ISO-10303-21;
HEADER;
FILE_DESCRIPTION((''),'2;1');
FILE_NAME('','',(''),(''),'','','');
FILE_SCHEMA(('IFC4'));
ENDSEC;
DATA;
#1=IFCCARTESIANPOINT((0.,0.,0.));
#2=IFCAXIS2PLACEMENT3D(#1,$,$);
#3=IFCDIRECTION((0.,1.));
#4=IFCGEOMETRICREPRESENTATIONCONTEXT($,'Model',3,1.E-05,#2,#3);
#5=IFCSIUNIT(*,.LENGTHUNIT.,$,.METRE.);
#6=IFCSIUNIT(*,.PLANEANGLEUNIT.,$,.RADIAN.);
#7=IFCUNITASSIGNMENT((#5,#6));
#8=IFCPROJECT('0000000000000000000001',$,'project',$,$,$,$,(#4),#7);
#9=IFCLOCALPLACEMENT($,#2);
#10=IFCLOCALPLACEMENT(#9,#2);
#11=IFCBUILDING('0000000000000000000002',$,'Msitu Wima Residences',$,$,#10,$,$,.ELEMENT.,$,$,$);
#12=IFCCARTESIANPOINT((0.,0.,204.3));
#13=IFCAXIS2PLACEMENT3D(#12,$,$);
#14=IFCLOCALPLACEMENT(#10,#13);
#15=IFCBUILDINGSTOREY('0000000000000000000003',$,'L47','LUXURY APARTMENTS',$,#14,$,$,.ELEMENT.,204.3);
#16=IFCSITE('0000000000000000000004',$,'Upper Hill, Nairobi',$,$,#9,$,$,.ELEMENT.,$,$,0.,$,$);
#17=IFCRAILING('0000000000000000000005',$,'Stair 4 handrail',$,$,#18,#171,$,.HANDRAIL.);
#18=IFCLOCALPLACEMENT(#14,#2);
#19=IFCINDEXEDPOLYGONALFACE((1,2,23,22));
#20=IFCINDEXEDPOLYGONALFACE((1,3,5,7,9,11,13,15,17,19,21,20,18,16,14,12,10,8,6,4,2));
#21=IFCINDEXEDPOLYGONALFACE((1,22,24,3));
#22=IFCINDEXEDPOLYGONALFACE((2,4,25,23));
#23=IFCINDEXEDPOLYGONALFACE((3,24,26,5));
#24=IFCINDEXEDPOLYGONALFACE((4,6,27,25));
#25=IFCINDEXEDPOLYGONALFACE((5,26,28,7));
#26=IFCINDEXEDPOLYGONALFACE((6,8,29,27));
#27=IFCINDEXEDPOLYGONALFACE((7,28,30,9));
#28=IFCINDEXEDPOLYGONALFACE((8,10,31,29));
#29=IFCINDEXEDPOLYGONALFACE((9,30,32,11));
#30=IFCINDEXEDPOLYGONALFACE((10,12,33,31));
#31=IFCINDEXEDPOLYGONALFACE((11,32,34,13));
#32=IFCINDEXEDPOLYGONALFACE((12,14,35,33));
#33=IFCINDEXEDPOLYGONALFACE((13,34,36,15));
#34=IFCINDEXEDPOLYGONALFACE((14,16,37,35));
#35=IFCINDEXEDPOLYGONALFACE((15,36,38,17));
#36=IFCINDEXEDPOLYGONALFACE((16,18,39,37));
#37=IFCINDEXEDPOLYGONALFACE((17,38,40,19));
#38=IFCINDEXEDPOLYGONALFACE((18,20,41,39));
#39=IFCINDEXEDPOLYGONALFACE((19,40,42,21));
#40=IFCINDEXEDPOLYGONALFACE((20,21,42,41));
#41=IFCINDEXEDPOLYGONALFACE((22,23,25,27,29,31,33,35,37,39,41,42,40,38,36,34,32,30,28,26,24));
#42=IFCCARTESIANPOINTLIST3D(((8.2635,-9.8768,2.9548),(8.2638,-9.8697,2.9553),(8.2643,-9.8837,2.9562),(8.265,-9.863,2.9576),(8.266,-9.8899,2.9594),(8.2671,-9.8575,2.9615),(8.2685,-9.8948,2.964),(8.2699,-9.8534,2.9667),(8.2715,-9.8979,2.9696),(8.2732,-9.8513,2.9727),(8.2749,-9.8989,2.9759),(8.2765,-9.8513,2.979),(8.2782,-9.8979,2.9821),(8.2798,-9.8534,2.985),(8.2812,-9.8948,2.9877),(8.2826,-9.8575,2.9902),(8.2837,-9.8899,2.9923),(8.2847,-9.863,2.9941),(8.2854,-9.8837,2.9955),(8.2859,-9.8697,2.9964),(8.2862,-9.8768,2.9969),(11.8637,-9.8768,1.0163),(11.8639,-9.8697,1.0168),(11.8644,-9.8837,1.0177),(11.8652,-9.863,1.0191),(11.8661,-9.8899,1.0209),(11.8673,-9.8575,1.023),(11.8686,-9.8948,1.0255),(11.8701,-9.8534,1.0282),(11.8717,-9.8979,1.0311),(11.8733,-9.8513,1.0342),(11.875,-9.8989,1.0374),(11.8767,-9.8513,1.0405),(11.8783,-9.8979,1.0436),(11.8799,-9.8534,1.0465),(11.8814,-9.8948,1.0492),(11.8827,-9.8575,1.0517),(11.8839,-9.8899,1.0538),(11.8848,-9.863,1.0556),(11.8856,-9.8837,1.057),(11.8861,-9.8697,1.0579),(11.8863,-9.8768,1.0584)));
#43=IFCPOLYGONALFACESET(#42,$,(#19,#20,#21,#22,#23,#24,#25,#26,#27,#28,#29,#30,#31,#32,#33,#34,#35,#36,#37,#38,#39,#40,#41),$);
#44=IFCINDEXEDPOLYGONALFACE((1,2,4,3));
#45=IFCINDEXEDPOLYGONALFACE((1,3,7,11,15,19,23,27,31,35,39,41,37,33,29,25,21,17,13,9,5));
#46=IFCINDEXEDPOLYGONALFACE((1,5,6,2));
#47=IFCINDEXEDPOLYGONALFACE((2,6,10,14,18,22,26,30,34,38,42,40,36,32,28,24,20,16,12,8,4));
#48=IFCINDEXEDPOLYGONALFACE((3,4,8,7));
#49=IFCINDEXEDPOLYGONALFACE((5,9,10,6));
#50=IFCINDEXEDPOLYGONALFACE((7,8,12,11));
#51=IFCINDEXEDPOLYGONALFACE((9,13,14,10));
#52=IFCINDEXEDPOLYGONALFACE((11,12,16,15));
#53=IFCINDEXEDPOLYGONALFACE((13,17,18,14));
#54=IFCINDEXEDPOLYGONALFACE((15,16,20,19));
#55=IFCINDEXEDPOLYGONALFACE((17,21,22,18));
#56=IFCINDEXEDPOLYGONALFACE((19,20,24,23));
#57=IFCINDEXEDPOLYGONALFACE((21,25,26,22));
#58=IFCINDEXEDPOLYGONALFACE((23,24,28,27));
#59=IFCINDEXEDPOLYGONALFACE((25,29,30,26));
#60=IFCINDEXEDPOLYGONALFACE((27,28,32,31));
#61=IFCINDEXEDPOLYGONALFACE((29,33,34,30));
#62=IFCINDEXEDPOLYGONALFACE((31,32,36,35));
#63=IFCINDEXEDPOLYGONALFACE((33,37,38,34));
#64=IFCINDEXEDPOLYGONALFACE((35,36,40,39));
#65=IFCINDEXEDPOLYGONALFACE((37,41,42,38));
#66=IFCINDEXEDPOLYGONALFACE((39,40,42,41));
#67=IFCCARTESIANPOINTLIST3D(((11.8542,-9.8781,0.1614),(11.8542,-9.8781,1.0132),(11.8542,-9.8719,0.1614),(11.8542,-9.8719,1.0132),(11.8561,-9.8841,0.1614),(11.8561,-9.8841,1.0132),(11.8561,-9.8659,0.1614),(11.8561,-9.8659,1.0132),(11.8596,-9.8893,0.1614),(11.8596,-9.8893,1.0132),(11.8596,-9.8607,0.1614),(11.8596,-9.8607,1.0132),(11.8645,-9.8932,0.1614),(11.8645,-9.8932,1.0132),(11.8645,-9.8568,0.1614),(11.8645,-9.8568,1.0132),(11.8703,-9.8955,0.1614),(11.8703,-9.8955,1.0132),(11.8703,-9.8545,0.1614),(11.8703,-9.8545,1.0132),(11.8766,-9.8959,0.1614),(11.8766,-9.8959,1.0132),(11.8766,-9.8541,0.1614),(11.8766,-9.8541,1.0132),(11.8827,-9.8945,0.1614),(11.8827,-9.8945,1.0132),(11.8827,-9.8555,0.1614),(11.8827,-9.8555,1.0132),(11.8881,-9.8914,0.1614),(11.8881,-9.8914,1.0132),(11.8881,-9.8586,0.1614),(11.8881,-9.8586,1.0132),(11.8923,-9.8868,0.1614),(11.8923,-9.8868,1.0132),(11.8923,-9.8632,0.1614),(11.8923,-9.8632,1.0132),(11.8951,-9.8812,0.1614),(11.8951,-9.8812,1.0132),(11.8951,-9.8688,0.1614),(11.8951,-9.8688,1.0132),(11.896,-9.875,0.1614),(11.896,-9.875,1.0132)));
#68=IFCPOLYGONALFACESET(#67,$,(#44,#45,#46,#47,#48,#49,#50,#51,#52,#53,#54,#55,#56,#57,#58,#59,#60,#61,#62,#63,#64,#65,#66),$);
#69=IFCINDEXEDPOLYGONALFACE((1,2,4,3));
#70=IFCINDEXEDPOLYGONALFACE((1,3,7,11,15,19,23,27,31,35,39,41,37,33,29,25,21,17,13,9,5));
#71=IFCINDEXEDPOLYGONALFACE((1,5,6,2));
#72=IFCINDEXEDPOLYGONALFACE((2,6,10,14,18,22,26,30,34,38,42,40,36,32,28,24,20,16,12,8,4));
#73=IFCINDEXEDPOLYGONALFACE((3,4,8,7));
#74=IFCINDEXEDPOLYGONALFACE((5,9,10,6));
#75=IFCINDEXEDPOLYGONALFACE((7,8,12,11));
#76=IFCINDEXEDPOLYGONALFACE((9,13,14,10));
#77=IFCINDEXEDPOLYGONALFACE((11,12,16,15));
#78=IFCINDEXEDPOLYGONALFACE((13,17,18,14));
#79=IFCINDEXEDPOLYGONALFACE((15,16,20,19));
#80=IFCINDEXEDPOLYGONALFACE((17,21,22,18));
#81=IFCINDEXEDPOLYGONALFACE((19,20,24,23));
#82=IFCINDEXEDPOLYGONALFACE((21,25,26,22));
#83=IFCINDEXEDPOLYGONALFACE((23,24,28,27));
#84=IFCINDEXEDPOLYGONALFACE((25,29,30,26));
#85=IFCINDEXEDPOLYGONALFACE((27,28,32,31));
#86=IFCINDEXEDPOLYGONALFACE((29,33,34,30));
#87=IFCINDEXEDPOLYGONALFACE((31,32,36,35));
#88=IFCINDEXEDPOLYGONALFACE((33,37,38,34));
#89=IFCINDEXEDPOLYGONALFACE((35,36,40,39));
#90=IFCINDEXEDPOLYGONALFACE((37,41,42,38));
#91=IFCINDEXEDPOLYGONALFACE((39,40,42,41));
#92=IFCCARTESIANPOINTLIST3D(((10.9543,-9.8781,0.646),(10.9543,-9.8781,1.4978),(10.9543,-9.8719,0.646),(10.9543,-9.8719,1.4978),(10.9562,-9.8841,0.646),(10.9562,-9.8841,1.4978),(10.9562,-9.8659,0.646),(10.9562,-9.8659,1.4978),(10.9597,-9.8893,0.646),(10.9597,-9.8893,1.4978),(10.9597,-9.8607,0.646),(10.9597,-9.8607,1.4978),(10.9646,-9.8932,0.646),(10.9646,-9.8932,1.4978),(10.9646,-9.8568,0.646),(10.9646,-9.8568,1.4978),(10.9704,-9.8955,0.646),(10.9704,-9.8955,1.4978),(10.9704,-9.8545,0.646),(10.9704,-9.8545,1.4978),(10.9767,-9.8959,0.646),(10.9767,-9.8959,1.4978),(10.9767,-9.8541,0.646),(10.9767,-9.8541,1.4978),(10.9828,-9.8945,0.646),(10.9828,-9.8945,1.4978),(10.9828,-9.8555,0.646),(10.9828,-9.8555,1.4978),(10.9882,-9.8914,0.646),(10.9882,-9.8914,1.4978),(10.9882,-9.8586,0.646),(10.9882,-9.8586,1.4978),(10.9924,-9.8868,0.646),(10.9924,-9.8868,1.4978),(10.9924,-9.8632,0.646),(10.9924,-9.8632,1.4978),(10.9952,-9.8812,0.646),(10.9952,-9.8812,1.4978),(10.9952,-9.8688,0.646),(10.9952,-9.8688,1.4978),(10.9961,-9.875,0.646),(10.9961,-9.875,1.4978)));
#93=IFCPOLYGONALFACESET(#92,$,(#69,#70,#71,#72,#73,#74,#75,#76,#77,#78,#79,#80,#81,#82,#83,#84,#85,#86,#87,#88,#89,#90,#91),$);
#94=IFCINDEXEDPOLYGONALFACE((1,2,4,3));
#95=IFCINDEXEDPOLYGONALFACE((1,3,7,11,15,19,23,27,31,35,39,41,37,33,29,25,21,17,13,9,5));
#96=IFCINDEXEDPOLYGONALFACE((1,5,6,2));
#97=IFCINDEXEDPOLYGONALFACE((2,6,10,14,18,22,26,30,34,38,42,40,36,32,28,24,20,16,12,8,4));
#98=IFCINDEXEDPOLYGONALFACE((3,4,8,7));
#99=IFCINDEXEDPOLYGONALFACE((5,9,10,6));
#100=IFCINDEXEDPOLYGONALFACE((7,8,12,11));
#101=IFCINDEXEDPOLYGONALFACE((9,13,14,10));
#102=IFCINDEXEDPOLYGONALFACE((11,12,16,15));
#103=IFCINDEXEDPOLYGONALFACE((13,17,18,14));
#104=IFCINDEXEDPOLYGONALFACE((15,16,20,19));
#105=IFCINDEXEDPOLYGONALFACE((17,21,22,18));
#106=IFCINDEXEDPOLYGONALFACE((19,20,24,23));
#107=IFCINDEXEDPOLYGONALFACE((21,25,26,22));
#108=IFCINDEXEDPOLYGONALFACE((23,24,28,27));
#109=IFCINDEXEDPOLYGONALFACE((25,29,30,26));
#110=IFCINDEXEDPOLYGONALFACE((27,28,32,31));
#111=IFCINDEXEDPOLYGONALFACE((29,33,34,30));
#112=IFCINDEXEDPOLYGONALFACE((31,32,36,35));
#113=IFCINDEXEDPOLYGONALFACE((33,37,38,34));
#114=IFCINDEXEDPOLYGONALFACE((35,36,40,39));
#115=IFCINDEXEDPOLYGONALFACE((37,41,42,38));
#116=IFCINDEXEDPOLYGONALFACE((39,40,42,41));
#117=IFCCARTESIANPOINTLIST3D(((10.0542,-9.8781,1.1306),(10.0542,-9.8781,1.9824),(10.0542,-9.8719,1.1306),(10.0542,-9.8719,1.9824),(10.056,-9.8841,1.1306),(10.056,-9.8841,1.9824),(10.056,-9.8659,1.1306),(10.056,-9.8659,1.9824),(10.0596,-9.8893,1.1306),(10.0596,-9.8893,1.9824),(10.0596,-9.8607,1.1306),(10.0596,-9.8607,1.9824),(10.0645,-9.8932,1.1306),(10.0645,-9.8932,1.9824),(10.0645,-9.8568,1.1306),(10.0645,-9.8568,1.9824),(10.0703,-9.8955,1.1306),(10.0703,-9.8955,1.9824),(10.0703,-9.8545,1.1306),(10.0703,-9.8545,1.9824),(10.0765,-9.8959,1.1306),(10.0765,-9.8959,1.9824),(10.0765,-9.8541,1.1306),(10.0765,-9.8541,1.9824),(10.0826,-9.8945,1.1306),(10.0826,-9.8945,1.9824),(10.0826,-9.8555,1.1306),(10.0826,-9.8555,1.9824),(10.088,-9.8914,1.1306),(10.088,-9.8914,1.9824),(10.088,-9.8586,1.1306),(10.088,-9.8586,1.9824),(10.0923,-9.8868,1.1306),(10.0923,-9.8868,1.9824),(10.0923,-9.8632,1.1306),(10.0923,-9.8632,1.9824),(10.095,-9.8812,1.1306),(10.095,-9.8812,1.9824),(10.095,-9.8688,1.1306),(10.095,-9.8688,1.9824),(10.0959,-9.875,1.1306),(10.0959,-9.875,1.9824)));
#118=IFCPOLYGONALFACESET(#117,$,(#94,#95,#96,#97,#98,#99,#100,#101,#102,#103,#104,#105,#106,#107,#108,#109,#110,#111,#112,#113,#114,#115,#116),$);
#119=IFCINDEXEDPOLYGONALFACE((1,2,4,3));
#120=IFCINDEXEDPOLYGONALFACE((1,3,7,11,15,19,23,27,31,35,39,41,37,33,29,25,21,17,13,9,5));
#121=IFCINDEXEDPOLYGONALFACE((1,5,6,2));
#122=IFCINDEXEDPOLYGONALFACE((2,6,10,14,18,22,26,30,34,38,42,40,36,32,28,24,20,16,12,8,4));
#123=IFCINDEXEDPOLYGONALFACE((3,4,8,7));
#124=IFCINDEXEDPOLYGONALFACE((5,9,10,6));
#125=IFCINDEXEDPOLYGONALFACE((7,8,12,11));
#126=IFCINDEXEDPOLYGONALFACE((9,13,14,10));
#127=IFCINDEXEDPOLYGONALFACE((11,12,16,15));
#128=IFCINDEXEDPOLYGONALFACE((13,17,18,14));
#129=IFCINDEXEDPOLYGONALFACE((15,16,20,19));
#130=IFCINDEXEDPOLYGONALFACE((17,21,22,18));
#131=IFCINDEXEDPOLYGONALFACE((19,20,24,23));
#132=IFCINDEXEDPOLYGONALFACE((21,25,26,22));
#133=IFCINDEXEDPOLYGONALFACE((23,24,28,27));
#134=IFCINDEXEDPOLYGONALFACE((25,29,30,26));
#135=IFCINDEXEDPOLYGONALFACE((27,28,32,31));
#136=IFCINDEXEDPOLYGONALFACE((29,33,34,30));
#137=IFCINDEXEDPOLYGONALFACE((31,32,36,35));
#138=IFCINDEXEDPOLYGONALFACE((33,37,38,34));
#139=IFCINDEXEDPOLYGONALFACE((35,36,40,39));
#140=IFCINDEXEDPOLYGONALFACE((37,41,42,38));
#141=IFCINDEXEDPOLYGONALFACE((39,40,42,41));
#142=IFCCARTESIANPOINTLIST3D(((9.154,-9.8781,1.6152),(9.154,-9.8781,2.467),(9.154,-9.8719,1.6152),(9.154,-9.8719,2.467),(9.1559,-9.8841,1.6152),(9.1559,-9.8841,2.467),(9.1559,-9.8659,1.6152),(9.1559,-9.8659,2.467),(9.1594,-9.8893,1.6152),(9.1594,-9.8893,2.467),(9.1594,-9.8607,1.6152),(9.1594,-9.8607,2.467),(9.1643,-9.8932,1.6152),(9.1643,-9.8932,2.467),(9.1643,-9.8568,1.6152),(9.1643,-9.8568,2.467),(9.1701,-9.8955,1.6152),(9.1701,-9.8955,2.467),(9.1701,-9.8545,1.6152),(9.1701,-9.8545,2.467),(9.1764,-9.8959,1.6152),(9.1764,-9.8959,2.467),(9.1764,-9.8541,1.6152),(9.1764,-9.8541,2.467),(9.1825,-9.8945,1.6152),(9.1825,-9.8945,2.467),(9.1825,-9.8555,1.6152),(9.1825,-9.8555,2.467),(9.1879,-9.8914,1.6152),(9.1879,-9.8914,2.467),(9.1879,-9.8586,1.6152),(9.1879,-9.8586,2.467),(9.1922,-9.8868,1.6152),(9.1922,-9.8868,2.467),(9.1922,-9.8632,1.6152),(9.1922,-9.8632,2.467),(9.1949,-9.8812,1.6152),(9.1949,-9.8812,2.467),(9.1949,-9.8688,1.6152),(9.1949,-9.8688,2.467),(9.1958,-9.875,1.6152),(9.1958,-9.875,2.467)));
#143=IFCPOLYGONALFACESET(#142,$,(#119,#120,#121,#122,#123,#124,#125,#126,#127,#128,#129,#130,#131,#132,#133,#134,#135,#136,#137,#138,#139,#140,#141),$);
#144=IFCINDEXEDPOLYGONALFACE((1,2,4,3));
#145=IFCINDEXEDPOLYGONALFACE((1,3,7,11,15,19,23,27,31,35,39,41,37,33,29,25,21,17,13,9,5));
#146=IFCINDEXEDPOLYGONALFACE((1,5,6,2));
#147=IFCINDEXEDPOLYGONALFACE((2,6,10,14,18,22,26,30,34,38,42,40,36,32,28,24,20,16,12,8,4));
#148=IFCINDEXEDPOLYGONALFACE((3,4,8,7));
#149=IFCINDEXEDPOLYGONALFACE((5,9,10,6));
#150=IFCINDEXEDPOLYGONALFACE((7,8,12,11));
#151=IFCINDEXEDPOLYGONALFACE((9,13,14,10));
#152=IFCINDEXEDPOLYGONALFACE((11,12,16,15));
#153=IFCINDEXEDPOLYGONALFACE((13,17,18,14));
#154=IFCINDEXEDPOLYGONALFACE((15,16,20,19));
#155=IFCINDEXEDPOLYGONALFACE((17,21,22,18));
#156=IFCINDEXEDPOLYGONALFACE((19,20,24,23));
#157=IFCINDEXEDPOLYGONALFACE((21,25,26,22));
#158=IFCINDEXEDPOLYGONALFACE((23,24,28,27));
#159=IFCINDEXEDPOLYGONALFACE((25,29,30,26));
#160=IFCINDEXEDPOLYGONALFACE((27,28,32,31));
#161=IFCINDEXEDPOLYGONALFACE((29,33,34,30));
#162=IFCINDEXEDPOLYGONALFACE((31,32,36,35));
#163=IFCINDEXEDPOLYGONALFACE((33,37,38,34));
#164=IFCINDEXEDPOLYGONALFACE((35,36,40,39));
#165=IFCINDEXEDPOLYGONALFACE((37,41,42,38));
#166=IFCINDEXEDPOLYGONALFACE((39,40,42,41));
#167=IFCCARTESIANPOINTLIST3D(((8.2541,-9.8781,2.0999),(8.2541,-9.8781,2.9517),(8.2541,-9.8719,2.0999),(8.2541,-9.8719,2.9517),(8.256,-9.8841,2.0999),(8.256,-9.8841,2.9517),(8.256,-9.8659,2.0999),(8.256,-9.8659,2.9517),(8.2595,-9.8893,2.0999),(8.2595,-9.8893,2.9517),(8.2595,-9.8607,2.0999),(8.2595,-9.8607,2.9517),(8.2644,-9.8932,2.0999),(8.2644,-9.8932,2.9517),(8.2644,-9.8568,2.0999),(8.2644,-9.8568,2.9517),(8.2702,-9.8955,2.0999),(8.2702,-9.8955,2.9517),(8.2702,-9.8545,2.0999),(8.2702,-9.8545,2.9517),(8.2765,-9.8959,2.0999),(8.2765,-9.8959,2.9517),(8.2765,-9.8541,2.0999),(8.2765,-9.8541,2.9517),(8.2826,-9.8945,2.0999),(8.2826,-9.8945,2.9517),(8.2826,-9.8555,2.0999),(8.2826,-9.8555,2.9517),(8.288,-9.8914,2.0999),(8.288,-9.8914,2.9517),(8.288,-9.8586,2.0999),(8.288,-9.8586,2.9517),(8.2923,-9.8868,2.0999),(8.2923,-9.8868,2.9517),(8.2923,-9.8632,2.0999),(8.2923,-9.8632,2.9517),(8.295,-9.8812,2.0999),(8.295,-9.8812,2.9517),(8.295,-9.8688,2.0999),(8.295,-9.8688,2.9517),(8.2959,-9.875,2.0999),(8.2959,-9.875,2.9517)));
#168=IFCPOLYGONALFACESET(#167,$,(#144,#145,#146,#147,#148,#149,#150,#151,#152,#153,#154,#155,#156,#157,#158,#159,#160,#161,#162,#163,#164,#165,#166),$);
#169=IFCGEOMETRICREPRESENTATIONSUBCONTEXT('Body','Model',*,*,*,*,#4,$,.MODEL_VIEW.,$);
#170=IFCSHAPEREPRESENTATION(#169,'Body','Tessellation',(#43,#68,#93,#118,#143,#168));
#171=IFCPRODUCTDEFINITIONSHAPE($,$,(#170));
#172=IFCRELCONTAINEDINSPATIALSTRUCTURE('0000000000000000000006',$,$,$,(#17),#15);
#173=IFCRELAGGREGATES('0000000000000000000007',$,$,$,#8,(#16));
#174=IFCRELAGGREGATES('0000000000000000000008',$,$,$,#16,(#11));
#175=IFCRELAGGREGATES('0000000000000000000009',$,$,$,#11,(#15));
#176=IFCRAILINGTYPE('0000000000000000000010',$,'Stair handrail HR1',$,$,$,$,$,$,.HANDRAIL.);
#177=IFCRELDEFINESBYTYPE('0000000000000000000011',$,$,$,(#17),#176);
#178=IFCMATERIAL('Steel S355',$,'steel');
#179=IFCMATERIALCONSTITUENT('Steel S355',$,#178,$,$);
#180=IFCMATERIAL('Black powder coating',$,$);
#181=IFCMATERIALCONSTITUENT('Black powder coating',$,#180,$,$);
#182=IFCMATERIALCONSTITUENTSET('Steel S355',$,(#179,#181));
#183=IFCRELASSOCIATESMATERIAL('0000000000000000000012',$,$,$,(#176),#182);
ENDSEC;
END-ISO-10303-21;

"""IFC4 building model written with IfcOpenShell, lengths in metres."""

from ifc_helpers import new_model, si_unit, direction, frame, origin, origin_2d, place, context, subcontext, project, spatial, circle, extrude, material, constituent, constituent_set, type_object, element, save


model = new_model("IFC4")

# Units and contexts
model_context = context("Model", 3, precision=1e-05, world=origin(), true_north=direction((0.0, 1.0)))
body_context = subcontext(model_context, "Body", "Model", "MODEL_VIEW")
ifc_project = project(units=[si_unit("LENGTHUNIT", "METRE"), si_unit("PLANEANGLEUNIT", "RADIAN")], contexts=[model_context])

# Site, building, storey
site_placement = place(None, origin())
site = spatial("IfcSite", under=ifc_project, at=site_placement, Name="Upper Hill, Nairobi", CompositionType="ELEMENT", RefElevation=0.0)
building_placement = place(site_placement, origin())
building = spatial("IfcBuilding", under=site, at=building_placement, Name="Msitu Wima Residences", CompositionType="ELEMENT")
storey_placement = place(building_placement, frame((0.0, 0.0, 204.3)))
storey = spatial("IfcBuildingStorey", under=building, at=storey_placement, Name="L47", Description="LUXURY APARTMENTS", CompositionType="ELEMENT", Elevation=204.3)

# Railing
ifc_material_1 = material(Name="Steel S355", Category="steel")
ifc_constituent_1 = constituent(ifc_material_1, Name="Steel S355")
ifc_material_2 = material(Name="Black powder coating")
ifc_constituent_2 = constituent(ifc_material_2, Name="Black powder coating")
ifc_constituent_set = constituent_set(constituents=[ifc_constituent_1, ifc_constituent_2], Name="Steel S355")
railing_type = type_object("IfcRailingType", Name="Stair handrail HR1", PredefinedType="HANDRAIL", material=ifc_constituent_set)
for number, where, name in (
    (1, (11.875, -9.875, 0.1614), "Stair 4 handrail"),
):
    element("IfcRailing", number, at=place(storey_placement, frame(where)), inside=storey, type_object=railing_type, Name=name, PredefinedType="HANDRAIL", context=body_context, shape_type="SweptSolid", body=[
        extrude(circle(Radius=0.0239, at=origin_2d()), frame((0.0, 0.0, 0.876), z_axis=(-0.880475, 0.0, 0.474093), x_axis=(0.0, -1.0, 0.0)), (0.0, 0.0, 1.0), 4.0889),
        extrude(circle(Radius=0.021, at=origin_2d()), origin(), (0.0, 0.0, 1.0), 0.8518),
        extrude(circle(Radius=0.021, at=origin_2d()), frame((-0.8999, 0.0, 0.4846)), (0.0, 0.0, 1.0), 0.8518),
        extrude(circle(Radius=0.021, at=origin_2d()), frame((-1.8, 0.0, 0.9692)), (0.0, 0.0, 1.0), 0.8518),
        extrude(circle(Radius=0.021, at=origin_2d()), frame((-2.7002, 0.0, 1.4539)), (0.0, 0.0, 1.0), 0.8518),
        extrude(circle(Radius=0.021, at=origin_2d()), frame((-3.6001, 0.0, 1.9385)), (0.0, 0.0, 1.0), 0.8518),
    ])

save(model, "model.ifc")
